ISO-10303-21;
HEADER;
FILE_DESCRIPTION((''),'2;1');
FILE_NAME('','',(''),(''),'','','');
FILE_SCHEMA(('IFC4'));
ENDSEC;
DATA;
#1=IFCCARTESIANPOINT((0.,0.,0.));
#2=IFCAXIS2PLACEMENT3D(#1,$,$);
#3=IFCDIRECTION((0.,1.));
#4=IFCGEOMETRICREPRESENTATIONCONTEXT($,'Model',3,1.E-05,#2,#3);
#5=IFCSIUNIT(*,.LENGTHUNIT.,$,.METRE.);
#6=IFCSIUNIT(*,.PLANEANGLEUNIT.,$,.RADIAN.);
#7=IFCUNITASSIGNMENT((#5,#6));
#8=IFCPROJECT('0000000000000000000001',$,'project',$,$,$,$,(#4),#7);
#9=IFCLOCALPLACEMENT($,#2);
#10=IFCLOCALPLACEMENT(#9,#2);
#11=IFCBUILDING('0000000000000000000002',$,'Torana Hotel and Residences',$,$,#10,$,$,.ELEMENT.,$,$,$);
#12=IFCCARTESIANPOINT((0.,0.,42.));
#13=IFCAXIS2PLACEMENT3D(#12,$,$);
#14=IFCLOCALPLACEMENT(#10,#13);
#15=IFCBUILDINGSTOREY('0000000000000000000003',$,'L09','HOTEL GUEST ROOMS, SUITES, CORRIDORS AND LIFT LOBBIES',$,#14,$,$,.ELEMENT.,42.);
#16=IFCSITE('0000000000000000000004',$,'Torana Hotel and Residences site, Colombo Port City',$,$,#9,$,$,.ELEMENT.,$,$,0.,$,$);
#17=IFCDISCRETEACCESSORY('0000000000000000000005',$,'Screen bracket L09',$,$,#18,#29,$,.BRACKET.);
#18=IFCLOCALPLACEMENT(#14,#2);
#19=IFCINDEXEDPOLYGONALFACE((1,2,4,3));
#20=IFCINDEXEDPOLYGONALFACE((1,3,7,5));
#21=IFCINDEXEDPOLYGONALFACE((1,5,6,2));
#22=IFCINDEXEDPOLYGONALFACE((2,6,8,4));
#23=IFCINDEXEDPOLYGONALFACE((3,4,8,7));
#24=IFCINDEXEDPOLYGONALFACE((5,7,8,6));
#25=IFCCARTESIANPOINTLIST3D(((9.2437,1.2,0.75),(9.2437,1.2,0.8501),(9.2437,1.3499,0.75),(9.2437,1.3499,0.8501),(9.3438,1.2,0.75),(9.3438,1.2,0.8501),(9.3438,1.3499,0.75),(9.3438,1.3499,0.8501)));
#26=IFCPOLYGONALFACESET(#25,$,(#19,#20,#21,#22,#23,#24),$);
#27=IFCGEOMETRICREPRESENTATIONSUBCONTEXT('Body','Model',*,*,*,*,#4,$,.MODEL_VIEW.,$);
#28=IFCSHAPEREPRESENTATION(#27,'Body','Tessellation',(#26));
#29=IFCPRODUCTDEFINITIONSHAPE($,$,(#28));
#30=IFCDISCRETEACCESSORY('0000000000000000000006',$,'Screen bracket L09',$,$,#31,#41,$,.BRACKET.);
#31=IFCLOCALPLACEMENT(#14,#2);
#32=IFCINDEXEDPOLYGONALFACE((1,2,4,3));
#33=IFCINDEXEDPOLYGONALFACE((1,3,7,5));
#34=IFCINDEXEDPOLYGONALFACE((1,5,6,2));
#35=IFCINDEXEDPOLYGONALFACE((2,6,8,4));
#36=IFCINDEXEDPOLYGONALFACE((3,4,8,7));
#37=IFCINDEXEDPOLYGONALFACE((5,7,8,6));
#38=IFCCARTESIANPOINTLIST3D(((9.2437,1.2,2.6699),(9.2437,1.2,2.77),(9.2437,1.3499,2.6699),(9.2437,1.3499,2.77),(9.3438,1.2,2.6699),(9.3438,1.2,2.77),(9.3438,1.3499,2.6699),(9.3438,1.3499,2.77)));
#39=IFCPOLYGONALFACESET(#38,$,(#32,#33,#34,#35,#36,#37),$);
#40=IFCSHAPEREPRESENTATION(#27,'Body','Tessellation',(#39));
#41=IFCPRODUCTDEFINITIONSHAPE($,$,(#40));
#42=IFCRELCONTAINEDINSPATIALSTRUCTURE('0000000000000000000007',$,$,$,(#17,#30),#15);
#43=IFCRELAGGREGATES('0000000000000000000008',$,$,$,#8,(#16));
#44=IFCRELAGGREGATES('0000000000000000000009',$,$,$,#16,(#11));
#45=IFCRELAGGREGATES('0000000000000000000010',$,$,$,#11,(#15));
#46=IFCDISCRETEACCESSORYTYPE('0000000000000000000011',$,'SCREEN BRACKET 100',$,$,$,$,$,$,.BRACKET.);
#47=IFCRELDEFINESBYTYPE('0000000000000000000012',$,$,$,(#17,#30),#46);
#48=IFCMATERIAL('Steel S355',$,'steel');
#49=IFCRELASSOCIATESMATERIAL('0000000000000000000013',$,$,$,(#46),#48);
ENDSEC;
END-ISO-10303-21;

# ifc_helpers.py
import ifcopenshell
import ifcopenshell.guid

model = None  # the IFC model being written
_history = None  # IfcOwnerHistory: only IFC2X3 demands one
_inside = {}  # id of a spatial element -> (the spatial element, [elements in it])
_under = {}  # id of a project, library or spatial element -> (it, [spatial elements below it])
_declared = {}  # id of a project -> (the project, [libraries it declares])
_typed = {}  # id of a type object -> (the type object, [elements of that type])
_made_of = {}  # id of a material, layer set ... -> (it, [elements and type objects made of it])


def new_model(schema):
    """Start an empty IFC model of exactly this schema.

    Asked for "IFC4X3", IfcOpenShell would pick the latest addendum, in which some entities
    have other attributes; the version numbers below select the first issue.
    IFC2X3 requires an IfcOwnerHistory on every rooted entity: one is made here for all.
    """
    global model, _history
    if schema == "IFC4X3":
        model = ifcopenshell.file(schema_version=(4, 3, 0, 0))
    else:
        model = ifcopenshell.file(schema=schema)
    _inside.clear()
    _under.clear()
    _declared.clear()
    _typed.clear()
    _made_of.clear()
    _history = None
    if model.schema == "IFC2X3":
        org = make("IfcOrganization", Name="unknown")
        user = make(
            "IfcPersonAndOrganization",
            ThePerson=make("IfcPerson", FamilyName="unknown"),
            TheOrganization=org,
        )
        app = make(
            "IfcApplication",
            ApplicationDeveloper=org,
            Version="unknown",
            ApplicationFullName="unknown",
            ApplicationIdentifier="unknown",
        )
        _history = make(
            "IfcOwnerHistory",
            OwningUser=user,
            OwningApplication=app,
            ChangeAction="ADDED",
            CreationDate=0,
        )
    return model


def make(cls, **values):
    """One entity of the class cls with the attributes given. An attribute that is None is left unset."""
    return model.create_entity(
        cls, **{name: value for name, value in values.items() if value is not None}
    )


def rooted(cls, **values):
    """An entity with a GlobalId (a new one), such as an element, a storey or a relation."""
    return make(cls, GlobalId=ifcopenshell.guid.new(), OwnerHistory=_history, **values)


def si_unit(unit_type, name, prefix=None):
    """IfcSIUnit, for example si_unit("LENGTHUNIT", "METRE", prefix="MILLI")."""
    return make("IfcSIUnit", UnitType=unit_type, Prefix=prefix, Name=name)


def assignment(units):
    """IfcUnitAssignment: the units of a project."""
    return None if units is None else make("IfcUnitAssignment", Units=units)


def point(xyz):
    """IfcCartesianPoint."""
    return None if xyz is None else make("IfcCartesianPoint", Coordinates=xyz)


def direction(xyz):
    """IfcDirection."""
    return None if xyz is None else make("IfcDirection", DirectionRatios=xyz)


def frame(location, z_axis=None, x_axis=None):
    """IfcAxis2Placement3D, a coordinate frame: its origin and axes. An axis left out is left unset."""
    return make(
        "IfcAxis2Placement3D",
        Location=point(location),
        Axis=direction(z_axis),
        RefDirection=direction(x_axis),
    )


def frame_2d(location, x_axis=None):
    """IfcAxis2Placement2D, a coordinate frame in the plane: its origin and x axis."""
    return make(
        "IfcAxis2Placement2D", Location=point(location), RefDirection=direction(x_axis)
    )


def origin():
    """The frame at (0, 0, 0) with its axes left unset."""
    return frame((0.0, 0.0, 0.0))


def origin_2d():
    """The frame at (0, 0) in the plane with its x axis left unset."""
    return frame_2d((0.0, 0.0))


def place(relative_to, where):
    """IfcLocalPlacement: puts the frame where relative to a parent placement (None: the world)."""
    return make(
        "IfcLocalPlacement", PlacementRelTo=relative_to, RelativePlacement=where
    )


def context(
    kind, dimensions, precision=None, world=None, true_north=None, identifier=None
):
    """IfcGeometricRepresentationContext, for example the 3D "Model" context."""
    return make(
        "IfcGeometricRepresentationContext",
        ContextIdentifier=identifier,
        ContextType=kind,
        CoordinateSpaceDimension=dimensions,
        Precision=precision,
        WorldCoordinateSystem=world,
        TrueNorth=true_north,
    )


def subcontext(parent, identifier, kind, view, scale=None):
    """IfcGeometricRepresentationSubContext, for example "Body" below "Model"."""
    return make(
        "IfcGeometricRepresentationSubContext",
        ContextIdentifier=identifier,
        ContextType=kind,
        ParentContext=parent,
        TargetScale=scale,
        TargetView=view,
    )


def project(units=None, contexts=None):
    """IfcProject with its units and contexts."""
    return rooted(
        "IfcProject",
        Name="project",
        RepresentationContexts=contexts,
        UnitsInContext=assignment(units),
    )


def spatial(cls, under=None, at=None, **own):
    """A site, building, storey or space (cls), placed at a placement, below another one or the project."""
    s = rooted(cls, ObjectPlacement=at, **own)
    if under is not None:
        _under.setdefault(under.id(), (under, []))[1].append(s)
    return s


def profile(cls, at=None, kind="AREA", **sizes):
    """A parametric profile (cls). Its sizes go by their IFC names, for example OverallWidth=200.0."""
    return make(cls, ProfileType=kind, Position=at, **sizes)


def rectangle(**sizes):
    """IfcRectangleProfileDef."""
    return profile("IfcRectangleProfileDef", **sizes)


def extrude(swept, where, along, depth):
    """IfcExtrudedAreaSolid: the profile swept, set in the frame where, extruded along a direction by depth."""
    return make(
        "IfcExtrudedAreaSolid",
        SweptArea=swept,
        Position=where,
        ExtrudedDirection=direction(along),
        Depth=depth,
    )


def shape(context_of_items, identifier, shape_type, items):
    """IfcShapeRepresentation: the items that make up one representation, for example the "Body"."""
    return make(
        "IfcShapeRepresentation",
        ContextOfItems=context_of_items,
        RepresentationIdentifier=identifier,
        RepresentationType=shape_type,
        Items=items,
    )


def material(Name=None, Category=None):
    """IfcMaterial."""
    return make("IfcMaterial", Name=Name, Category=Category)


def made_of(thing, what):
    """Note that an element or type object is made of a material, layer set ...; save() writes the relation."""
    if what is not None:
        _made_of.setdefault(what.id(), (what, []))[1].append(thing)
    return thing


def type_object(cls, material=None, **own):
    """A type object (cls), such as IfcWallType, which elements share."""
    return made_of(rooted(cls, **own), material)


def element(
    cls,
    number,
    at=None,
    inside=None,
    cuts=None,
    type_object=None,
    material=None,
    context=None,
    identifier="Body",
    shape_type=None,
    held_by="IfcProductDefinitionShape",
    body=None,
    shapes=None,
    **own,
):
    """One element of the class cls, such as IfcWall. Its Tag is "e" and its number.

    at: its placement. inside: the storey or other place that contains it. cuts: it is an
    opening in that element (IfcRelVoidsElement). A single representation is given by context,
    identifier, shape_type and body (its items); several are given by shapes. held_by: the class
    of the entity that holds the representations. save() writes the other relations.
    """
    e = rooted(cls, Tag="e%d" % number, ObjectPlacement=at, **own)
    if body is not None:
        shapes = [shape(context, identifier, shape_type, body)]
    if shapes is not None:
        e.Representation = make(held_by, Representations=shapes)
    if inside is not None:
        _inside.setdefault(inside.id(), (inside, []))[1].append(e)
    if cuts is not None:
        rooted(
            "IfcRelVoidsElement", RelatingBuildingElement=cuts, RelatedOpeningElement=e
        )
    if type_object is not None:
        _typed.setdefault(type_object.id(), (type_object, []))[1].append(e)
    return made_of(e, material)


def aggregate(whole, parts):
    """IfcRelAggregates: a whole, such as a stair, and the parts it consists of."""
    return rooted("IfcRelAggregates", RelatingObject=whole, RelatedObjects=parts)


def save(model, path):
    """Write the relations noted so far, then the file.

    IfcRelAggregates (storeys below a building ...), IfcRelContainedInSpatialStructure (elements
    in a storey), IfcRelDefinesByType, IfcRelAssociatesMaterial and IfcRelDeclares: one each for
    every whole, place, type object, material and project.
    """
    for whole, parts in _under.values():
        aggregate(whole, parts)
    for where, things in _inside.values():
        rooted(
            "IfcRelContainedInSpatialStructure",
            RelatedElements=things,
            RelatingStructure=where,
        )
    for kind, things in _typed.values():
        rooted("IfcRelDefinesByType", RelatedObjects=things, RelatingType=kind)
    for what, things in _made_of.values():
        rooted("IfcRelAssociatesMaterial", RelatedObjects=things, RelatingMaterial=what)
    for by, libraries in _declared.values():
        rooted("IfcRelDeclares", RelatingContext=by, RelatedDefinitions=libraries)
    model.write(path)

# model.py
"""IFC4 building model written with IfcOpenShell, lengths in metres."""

from ifc_helpers import new_model, si_unit, direction, frame, origin, origin_2d, place, context, subcontext, project, spatial, rectangle, extrude, material, type_object, element, save


model = new_model("IFC4")

# Units and contexts
model_context = context("Model", 3, precision=1e-05, world=origin(), true_north=direction((0.0, 1.0)))
body_context = subcontext(model_context, "Body", "Model", "MODEL_VIEW")
ifc_project = project(units=[si_unit("LENGTHUNIT", "METRE"), si_unit("PLANEANGLEUNIT", "RADIAN")], contexts=[model_context])

# Site, building, storey
site_placement = place(None, origin())
site = spatial("IfcSite", under=ifc_project, at=site_placement, Name="Torana Hotel and Residences site, Colombo Port City", CompositionType="ELEMENT", RefElevation=0.0)
building_placement = place(site_placement, origin())
building = spatial("IfcBuilding", under=site, at=building_placement, Name="Torana Hotel and Residences", CompositionType="ELEMENT")
storey_placement = place(building_placement, frame((0.0, 0.0, 42.0)))
storey = spatial("IfcBuildingStorey", under=building, at=storey_placement, Name="L09", Description="HOTEL GUEST ROOMS, SUITES, CORRIDORS AND LIFT LOBBIES", CompositionType="ELEMENT", Elevation=42.0)

# Discrete accessories
ifc_material_1 = material(Name="Steel S355", Category="steel")
discrete_accessory_type = type_object("IfcDiscreteAccessoryType", Name="SCREEN BRACKET 100", PredefinedType="BRACKET", material=ifc_material_1)
for number, where, z_axis, x_axis, name in (
    (1, (9.2937, 1.2749, 0.75), (0.0, 0.0, 1.0), (-1.0, 0.0, 0.0), "Screen bracket L09"),
    (2, (9.2937, 1.2749, 2.6699), (0.0, 0.0, 1.0), (-1.0, 0.0, 0.0), "Screen bracket L09"),
):
    element("IfcDiscreteAccessory", number, at=place(storey_placement, frame(where, z_axis=z_axis, x_axis=x_axis)), inside=storey, type_object=discrete_accessory_type, Name=name, PredefinedType="BRACKET", context=body_context, shape_type="SweptSolid", body=[
        extrude(rectangle(XDim=0.1001, YDim=0.1499, at=origin_2d()), origin(), (0.0, 0.0, 1.0), 0.1001),
    ])

save(model, "model.ifc")
